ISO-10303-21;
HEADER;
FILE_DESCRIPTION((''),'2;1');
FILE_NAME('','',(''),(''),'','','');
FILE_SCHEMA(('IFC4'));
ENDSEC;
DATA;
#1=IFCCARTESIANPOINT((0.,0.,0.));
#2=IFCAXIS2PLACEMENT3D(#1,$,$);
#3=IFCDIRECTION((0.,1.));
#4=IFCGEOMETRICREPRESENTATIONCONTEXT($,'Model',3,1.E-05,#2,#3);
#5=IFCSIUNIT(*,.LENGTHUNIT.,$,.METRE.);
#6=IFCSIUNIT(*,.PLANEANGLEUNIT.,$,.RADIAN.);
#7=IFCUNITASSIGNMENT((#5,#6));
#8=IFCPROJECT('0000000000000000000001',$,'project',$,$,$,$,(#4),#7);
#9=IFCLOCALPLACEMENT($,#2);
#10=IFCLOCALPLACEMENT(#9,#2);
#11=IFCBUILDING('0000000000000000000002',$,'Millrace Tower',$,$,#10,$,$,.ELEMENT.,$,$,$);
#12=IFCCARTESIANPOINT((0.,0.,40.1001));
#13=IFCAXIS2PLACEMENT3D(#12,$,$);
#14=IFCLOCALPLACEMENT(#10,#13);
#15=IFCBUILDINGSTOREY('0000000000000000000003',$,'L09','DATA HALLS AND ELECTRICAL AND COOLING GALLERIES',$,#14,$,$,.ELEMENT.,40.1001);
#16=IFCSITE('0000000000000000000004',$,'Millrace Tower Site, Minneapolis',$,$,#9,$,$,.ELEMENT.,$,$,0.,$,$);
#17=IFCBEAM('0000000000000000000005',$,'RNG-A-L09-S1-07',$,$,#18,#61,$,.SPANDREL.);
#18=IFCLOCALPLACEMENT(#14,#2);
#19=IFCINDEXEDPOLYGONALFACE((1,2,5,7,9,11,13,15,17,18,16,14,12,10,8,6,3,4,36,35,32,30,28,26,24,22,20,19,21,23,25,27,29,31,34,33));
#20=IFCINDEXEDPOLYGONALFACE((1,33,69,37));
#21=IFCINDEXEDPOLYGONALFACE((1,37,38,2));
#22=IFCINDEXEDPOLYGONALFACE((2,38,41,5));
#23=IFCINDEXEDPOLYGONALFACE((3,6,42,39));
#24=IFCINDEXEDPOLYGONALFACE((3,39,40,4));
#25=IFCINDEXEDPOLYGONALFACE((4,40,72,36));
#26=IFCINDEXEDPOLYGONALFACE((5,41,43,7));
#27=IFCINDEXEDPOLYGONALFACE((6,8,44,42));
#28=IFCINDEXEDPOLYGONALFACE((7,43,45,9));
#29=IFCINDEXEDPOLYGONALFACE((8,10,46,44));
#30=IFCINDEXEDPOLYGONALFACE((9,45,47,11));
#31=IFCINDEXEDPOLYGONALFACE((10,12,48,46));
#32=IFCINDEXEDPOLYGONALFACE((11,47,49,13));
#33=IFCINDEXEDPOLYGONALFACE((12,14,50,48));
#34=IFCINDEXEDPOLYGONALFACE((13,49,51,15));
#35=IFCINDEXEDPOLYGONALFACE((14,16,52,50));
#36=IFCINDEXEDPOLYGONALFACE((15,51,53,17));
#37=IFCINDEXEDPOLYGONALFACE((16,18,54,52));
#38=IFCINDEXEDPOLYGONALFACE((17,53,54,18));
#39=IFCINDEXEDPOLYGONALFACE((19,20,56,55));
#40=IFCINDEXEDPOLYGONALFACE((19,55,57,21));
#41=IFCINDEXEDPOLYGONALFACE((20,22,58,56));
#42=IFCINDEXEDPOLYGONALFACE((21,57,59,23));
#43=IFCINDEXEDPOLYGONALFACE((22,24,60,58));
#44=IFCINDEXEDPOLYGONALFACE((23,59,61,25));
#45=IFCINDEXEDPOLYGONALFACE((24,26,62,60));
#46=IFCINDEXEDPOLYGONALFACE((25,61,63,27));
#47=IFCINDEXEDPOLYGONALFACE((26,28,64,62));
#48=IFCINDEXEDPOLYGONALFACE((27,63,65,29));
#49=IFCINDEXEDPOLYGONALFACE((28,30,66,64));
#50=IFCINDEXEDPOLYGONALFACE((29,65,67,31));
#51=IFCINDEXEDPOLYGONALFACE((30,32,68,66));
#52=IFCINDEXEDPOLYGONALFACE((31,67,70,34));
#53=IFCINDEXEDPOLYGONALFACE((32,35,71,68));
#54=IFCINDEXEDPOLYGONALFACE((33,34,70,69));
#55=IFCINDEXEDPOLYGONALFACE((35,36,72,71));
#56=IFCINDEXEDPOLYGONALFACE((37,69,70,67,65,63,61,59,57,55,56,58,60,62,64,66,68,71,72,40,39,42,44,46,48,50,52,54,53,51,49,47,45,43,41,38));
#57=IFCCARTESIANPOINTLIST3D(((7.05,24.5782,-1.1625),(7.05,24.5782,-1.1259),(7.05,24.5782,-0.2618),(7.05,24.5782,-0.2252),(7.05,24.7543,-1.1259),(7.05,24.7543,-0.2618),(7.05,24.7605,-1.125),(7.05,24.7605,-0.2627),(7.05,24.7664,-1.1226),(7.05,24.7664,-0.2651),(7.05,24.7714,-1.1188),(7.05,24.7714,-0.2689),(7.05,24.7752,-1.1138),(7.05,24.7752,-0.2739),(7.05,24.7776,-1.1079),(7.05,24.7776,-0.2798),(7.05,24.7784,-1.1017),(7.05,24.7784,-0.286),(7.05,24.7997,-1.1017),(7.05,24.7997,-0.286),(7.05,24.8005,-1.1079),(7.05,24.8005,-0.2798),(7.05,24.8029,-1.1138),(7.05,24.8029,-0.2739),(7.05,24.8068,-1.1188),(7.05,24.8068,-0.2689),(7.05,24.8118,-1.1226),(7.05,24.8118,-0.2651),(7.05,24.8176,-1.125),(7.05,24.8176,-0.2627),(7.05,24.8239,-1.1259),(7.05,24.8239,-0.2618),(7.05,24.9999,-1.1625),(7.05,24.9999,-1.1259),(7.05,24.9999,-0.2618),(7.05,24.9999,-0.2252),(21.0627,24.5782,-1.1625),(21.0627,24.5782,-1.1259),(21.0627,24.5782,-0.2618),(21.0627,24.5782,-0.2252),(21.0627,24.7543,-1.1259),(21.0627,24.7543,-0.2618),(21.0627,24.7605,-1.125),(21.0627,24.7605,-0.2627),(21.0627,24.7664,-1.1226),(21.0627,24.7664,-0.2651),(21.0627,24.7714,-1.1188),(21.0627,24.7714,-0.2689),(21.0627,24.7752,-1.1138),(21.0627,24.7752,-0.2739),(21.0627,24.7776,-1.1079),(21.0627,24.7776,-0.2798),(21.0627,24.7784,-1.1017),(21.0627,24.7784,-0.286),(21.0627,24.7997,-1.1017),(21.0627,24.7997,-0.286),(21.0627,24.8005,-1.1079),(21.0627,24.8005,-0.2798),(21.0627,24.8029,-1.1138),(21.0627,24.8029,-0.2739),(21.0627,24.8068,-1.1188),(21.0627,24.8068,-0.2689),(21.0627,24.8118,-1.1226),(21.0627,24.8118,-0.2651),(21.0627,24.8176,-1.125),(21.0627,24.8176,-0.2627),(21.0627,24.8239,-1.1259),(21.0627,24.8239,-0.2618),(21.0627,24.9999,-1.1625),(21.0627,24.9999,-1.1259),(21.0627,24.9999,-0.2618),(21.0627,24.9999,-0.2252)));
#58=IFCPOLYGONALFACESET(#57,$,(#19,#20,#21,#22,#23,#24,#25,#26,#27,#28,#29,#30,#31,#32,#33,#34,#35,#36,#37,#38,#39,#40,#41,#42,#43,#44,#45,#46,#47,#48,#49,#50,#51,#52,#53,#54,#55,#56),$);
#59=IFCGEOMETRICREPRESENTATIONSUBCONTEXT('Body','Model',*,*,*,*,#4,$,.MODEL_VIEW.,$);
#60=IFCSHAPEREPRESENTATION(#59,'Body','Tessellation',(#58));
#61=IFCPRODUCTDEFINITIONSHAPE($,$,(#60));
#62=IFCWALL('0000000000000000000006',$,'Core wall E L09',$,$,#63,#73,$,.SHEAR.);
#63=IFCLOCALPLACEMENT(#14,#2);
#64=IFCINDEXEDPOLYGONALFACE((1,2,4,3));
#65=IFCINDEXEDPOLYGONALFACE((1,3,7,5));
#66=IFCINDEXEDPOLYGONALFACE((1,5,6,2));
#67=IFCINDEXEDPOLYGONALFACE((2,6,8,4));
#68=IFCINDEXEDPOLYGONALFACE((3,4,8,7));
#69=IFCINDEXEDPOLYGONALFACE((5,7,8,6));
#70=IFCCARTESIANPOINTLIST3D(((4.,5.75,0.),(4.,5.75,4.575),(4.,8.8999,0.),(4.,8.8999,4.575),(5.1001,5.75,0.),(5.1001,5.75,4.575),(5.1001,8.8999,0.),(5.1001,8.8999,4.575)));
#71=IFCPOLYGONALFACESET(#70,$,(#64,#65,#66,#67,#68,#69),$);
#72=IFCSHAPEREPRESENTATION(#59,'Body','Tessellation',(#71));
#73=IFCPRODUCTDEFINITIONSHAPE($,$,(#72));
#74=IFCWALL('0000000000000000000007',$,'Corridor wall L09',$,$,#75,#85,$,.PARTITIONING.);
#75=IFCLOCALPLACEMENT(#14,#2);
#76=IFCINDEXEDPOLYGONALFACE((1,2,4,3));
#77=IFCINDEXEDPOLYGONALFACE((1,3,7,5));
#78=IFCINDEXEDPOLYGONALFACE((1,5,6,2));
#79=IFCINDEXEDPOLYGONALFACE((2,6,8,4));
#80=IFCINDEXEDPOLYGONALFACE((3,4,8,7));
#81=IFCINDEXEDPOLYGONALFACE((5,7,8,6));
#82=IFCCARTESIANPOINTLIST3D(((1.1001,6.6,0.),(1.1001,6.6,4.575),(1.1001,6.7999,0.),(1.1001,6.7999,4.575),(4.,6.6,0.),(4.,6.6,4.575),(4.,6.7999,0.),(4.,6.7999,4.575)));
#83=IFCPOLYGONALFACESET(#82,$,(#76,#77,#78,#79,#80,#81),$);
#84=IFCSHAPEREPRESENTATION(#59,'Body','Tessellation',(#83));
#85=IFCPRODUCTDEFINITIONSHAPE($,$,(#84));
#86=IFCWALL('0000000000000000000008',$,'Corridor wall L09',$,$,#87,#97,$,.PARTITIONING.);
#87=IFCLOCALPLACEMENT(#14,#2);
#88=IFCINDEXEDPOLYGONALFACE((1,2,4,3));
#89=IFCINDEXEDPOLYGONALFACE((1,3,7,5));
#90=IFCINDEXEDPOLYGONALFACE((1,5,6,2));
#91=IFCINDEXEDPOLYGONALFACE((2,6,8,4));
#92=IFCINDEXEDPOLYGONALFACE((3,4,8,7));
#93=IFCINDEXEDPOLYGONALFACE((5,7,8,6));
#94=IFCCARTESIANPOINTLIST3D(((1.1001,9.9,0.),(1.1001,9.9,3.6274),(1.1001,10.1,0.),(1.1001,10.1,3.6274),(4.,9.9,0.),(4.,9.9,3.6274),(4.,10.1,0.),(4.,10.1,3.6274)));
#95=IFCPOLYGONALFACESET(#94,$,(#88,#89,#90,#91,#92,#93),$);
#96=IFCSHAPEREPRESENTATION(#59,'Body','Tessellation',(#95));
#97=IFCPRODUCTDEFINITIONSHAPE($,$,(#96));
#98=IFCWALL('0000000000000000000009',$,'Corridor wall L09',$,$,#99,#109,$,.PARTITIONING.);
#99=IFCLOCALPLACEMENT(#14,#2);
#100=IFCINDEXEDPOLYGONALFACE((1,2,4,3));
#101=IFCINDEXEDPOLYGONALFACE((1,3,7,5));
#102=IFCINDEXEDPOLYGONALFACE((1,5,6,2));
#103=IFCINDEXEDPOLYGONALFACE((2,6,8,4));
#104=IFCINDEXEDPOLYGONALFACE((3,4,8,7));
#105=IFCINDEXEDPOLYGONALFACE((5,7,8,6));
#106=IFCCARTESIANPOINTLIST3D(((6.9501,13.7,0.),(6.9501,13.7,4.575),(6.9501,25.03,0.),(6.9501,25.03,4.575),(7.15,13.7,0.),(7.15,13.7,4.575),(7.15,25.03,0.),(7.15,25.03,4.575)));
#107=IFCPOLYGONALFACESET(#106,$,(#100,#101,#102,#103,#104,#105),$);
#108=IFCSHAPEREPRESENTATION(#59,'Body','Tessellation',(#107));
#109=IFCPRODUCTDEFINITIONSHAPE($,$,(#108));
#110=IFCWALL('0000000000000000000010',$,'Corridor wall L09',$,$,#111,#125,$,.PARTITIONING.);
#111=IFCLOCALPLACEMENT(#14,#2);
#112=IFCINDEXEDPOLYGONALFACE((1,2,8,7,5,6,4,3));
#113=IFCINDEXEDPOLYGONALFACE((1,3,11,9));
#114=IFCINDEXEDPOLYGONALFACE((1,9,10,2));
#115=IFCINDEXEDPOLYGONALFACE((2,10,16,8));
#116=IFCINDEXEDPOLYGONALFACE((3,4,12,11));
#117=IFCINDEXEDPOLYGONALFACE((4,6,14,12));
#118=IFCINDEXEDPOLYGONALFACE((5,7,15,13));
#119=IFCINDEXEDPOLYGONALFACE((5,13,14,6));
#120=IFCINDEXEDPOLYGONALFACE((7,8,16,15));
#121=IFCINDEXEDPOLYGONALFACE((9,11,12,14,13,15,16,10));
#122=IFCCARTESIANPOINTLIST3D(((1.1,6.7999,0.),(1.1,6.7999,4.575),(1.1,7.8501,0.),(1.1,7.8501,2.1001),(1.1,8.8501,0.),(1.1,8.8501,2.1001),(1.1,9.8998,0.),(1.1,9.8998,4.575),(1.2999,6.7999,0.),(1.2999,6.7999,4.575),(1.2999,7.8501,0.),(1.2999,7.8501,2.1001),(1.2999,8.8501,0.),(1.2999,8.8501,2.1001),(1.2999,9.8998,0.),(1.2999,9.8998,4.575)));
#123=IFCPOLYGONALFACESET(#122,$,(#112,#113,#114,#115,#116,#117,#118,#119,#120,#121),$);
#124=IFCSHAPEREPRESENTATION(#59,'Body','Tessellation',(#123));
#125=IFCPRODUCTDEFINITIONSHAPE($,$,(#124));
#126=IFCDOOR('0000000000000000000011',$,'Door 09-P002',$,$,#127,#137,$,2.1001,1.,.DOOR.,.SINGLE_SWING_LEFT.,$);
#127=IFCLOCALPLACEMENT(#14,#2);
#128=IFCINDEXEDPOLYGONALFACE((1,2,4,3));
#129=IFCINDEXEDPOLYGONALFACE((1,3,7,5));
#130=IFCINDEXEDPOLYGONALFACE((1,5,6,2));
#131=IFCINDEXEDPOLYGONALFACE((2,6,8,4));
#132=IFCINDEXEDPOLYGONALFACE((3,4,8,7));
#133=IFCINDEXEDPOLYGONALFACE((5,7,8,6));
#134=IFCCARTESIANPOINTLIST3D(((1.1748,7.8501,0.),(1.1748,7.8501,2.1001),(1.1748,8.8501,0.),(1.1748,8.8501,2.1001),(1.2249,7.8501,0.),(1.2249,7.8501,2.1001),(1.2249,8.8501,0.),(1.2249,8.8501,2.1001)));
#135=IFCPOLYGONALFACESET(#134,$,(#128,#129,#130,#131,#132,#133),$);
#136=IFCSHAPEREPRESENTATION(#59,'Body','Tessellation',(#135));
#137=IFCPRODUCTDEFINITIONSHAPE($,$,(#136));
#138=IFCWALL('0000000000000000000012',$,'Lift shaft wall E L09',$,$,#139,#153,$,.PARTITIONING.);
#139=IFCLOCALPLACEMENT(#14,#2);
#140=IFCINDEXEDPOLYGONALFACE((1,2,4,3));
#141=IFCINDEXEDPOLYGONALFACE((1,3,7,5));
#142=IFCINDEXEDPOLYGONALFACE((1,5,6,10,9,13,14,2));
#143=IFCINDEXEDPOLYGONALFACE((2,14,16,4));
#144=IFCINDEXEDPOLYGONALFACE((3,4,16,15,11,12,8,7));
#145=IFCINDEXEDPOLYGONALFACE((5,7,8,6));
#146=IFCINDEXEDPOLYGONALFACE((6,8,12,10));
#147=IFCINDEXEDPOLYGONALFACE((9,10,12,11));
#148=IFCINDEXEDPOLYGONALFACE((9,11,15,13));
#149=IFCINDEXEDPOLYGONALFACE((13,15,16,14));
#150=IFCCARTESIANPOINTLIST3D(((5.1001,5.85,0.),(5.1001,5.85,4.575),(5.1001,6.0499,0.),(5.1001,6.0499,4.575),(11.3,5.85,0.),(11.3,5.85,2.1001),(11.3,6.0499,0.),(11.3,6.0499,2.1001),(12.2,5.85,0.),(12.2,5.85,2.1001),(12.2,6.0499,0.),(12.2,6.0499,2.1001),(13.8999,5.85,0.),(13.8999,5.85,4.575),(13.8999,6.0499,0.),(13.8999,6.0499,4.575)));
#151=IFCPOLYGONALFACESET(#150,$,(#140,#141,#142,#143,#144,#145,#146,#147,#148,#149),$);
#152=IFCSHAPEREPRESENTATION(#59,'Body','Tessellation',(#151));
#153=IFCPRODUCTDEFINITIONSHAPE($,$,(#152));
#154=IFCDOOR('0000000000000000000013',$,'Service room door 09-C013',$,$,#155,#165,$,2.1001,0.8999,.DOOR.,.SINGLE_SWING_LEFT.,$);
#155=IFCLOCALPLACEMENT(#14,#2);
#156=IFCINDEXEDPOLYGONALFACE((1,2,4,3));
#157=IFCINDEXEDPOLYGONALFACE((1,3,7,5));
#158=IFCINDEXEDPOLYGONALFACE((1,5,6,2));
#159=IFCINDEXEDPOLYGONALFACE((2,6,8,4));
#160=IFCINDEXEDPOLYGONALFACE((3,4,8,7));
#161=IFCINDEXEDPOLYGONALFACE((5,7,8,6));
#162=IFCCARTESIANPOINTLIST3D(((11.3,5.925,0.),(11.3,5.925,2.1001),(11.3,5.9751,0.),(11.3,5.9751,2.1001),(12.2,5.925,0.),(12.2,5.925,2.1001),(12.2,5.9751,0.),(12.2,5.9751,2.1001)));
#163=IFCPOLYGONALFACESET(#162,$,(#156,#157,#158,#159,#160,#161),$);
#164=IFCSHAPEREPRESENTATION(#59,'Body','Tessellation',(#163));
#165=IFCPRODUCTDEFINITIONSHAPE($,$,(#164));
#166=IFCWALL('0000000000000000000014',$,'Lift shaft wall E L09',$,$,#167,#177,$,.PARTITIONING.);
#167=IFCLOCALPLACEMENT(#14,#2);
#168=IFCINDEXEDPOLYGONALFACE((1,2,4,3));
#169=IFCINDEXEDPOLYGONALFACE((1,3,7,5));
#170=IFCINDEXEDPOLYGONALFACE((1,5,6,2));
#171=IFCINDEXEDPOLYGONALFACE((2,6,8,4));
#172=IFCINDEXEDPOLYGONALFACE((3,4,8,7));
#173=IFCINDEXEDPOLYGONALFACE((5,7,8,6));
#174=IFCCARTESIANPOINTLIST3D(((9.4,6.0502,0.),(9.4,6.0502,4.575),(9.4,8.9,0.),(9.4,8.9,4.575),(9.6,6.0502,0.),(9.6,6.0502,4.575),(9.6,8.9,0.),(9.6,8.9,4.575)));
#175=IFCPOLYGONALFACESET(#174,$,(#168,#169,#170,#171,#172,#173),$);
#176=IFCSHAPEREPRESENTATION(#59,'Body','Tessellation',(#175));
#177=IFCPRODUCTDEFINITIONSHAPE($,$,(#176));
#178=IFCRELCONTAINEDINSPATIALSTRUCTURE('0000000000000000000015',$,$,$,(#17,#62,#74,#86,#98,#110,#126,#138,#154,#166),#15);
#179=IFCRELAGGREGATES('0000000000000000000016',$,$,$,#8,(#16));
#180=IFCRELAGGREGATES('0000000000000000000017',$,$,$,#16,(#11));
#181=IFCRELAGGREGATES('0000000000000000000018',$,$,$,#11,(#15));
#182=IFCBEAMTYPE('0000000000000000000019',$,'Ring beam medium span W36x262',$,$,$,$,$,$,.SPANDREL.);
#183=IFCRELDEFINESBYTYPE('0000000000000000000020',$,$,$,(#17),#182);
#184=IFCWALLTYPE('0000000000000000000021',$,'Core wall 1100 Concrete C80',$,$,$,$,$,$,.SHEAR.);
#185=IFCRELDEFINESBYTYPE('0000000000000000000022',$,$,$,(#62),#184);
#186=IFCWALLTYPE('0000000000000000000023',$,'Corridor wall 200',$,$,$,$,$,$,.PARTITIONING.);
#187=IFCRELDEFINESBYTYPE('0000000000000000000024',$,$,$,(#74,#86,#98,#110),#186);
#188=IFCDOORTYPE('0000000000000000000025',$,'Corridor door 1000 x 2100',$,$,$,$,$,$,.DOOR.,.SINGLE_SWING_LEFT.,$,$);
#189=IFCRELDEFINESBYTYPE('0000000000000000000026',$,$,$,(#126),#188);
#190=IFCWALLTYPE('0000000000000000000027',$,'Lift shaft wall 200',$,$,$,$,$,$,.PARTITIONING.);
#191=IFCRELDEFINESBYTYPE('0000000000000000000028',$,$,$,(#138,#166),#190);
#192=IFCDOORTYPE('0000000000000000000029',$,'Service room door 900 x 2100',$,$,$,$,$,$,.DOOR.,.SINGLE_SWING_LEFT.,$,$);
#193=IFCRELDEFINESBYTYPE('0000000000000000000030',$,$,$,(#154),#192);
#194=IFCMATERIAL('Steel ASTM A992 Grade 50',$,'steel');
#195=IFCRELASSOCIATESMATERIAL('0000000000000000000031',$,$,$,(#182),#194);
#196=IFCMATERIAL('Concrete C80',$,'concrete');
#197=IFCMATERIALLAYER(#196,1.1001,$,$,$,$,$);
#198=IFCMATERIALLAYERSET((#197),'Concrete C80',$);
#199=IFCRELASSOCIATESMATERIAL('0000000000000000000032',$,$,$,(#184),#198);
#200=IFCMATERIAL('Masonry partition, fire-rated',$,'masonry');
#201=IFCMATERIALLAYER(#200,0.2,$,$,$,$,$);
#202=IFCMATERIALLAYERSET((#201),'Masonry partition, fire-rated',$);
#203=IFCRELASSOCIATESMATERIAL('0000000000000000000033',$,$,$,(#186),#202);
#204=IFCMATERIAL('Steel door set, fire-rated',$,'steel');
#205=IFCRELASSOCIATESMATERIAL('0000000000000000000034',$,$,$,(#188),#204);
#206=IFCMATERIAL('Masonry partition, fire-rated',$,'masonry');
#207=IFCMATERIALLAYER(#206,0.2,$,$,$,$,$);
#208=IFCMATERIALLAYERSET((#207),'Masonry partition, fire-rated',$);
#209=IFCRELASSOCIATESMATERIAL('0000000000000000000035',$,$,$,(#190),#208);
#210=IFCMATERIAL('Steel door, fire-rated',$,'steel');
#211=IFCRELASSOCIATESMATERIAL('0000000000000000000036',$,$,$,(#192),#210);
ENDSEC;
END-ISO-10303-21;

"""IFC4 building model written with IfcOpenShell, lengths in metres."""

from ifc_helpers import new_model, si_unit, direction, frame, frame_2d, origin, origin_2d, place, context, subcontext, project, spatial, rectangle, i_section, extrude, material, layer, layer_set, material_profile, profile_set, type_object, element, fill, save


model = new_model("IFC4")

# Units and contexts
model_context = context("Model", 3, precision=1e-05, world=origin(), true_north=direction((0.0, 1.0)))
body_context = subcontext(model_context, "Body", "Model", "MODEL_VIEW")
ifc_project = project(units=[si_unit("LENGTHUNIT", "METRE"), si_unit("PLANEANGLEUNIT", "RADIAN")], contexts=[model_context])

# Site, building, storey
site_placement = place(None, origin())
site = spatial("IfcSite", under=ifc_project, at=site_placement, Name="Millrace Tower Site, Minneapolis", CompositionType="ELEMENT", RefElevation=0.0)
building_placement = place(site_placement, origin())
building = spatial("IfcBuilding", under=site, at=building_placement, Name="Millrace Tower", CompositionType="ELEMENT")
storey_placement = place(building_placement, frame((0.0, 0.0, 40.1001)))
storey = spatial("IfcBuildingStorey", under=building, at=storey_placement, Name="L09", Description="DATA HALLS AND ELECTRICAL AND COOLING GALLERIES", CompositionType="ELEMENT", Elevation=40.1001)

# Beam
ifc_material_1 = material(Name="Steel ASTM A992 Grade 50", Category="steel")
ifc_material_profile_1 = material_profile(ifc_material_1, i_section(OverallWidth=0.4216, OverallDepth=0.9373, WebThickness=0.0212, FlangeThickness=0.0366, FilletRadius=0.0242, at=origin_2d()))
ifc_profile_set_1 = profile_set([ifc_material_profile_1], Name="Steel ASTM A992 Grade 50")
beam_type_1 = type_object("IfcBeamType", Name="Ring beam medium span W36x262", PredefinedType="SPANDREL", material=ifc_profile_set_1)
beam_1_placement = place(storey_placement, frame((7.05, 24.7891, -0.6938), z_axis=(1.0, 0.0, 0.0), x_axis=(0.0, 1.0, 0.0)))
element("IfcBeam", 1, at=beam_1_placement, inside=storey, type_object=beam_type_1, Name="RNG-A-L09-S1-07", PredefinedType="SPANDREL", context=body_context, shape_type="SweptSolid", body=[
    extrude(i_section(OverallWidth=0.4216, OverallDepth=0.9373, WebThickness=0.0212, FlangeThickness=0.0366, FilletRadius=0.0242, at=origin_2d()), origin(), (0.0, 0.0, 1.0), 14.0127),
])

# Walls
ifc_material_2 = material(Name="Concrete C80", Category="concrete")
ifc_layer_1 = layer(ifc_material_2, 1.1001)
ifc_layer_set_1 = layer_set([ifc_layer_1], Name="Concrete C80")
wall_type_1 = type_object("IfcWallType", Name="Core wall 1100 Concrete C80", PredefinedType="SHEAR", material=ifc_layer_set_1)
wall_1_placement = place(storey_placement, frame((4.55, 8.8999, 0.0), z_axis=(0.0, 0.0, 1.0), x_axis=(0.0, -1.0, 0.0)))
element("IfcWall", 2, at=wall_1_placement, inside=storey, type_object=wall_type_1, Name="Core wall E L09", PredefinedType="SHEAR", context=body_context, shape_type="SweptSolid", body=[
    extrude(rectangle(XDim=3.1499, YDim=1.1001, at=frame_2d((1.575, 0.0))), origin(), (0.0, 0.0, 1.0), 4.575),
])
ifc_material_3 = material(Name="Masonry partition, fire-rated", Category="masonry")
ifc_layer_2 = layer(ifc_material_3, 0.2)
ifc_layer_set_2 = layer_set([ifc_layer_2], Name="Masonry partition, fire-rated")
wall_type_2 = type_object("IfcWallType", Name="Corridor wall 200", PredefinedType="PARTITIONING", material=ifc_layer_set_2)
wall_2_placement = place(storey_placement, frame((1.1001, 6.7, 0.0), z_axis=(0.0, 0.0, 1.0), x_axis=(1.0, 0.0, 0.0)))
element("IfcWall", 3, at=wall_2_placement, inside=storey, type_object=wall_type_2, Name="Corridor wall L09", PredefinedType="PARTITIONING", context=body_context, shape_type="SweptSolid", body=[
    extrude(rectangle(XDim=2.8999, YDim=0.2, at=frame_2d((1.45, 0.0))), origin(), (0.0, 0.0, 1.0), 4.575),
])
wall_3_placement = place(storey_placement, frame((1.1001, 10.0, 0.0), z_axis=(0.0, 0.0, 1.0), x_axis=(1.0, 0.0, 0.0)))
element("IfcWall", 4, at=wall_3_placement, inside=storey, type_object=wall_type_2, Name="Corridor wall L09", PredefinedType="PARTITIONING", context=body_context, shape_type="SweptSolid", body=[
    extrude(rectangle(XDim=2.8999, YDim=0.2, at=frame_2d((1.45, 0.0))), origin(), (0.0, 0.0, 1.0), 3.6274),
])
wall_4_placement = place(storey_placement, frame((7.05, 13.7, 0.0), z_axis=(0.0, 0.0, 1.0), x_axis=(0.0, 1.0, 0.0)))
element("IfcWall", 5, at=wall_4_placement, inside=storey, type_object=wall_type_2, Name="Corridor wall L09", PredefinedType="PARTITIONING", context=body_context, shape_type="SweptSolid", body=[
    extrude(rectangle(XDim=11.3301, YDim=0.2, at=frame_2d((5.665, 0.0))), origin(), (0.0, 0.0, 1.0), 4.575),
])

# Walls, openings, doors
wall_5_placement = place(storey_placement, frame((1.2, 6.8, 0.0), z_axis=(0.0, 0.0, 1.0), x_axis=(0.0, 1.0, 0.0)))
wall_5 = element("IfcWall", 6, at=wall_5_placement, inside=storey, type_object=wall_type_2, Name="Corridor wall L09", PredefinedType="PARTITIONING", context=body_context, shape_type="SweptSolid", body=[
    extrude(rectangle(XDim=3.0999, YDim=0.2, at=frame_2d((1.5498, 0.0))), origin(), (0.0, 0.0, 1.0), 4.575),
])
opening_1_placement = place(wall_5_placement, frame((1.05, 0.0, 0.0)))
opening_1 = element("IfcOpeningElement", 7, at=opening_1_placement, cuts=wall_5, PredefinedType="OPENING", context=body_context, shape_type="SweptSolid", body=[
    extrude(rectangle(XDim=1.0, YDim=2.1001, at=frame_2d((0.5, 1.05))), frame((0.0, 0.1099, 0.0), z_axis=(0.0, -1.0, 0.0), x_axis=(1.0, 0.0, 0.0)), (0.0, 0.0, 1.0), 0.22),
])
ifc_material_4 = material(Name="Steel door set, fire-rated", Category="steel")
door_type_1 = type_object("IfcDoorType", Name="Corridor door 1000 x 2100", OperationType="SINGLE_SWING_LEFT", PredefinedType="DOOR", material=ifc_material_4)
door_1_placement = place(opening_1_placement, frame((1.0, 0.0, 0.0), z_axis=(0.0, 0.0, 1.0), x_axis=(-1.0, 0.0, 0.0)))
door_1 = element("IfcDoor", 8, at=door_1_placement, inside=storey, type_object=door_type_1, Name="Door 09-P002", OperationType="SINGLE_SWING_LEFT", OverallHeight=2.1001, OverallWidth=1.0, PredefinedType="DOOR", context=body_context, shape_type="SweptSolid", body=[
    extrude(rectangle(XDim=1.0, YDim=2.1001, at=frame_2d((0.5, 1.05))), frame((0.0, 0.0249, 0.0), z_axis=(0.0, -1.0, 0.0), x_axis=(1.0, 0.0, 0.0)), (0.0, 0.0, 1.0), 0.05),
])
fill(opening_1, door_1)
ifc_material_5 = material(Name="Masonry partition, fire-rated", Category="masonry")
ifc_layer_3 = layer(ifc_material_5, 0.2)
ifc_layer_set_3 = layer_set([ifc_layer_3], Name="Masonry partition, fire-rated")
wall_type_3 = type_object("IfcWallType", Name="Lift shaft wall 200", PredefinedType="PARTITIONING", material=ifc_layer_set_3)
wall_6_placement = place(storey_placement, frame((13.8999, 5.95, 0.0), z_axis=(0.0, 0.0, 1.0), x_axis=(-1.0, 0.0, 0.0)))
wall_6 = element("IfcWall", 9, at=wall_6_placement, inside=storey, type_object=wall_type_3, Name="Lift shaft wall E L09", PredefinedType="PARTITIONING", context=body_context, shape_type="SweptSolid", body=[
    extrude(rectangle(XDim=8.7998, YDim=0.2, at=frame_2d((4.3999, 0.0))), origin(), (0.0, 0.0, 1.0), 4.575),
])
opening_2_placement = place(wall_6_placement, frame((1.7, 0.0, 0.0)))
opening_2 = element("IfcOpeningElement", 10, at=opening_2_placement, cuts=wall_6, PredefinedType="OPENING", context=body_context, shape_type="SweptSolid", body=[
    extrude(rectangle(XDim=0.8999, YDim=2.1001, at=frame_2d((0.45, 1.05))), frame((0.0, 0.1099, 0.0), z_axis=(0.0, -1.0, 0.0), x_axis=(1.0, 0.0, 0.0)), (0.0, 0.0, 1.0), 0.22),
])
ifc_material_6 = material(Name="Steel door, fire-rated", Category="steel")
door_type_2 = type_object("IfcDoorType", Name="Service room door 900 x 2100", OperationType="SINGLE_SWING_LEFT", PredefinedType="DOOR", material=ifc_material_6)
door_2_placement = place(opening_2_placement, origin())
door_2 = element("IfcDoor", 11, at=door_2_placement, inside=storey, type_object=door_type_2, Name="Service room door 09-C013", OperationType="SINGLE_SWING_LEFT", OverallHeight=2.1001, OverallWidth=0.8999, PredefinedType="DOOR", context=body_context, shape_type="SweptSolid", body=[
    extrude(rectangle(XDim=0.8999, YDim=2.1001, at=frame_2d((0.45, 1.05))), frame((0.0, 0.0249, 0.0), z_axis=(0.0, -1.0, 0.0), x_axis=(1.0, 0.0, 0.0)), (0.0, 0.0, 1.0), 0.05),
])
fill(opening_2, door_2)

# Wall
for number, where, z_axis, x_axis, name in (
    (12, (9.5, 8.8999, 0.0), (0.0, 0.0, 1.0), (0.0, -1.0, 0.0), "Lift shaft wall E L09"),
):
    element("IfcWall", number, at=place(storey_placement, frame(where, z_axis=z_axis, x_axis=x_axis)), inside=storey, type_object=wall_type_3, Name=name, PredefinedType="PARTITIONING", context=body_context, shape_type="SweptSolid", body=[
        extrude(rectangle(XDim=2.8499, YDim=0.2, at=frame_2d((1.4248, 0.0))), origin(), (0.0, 0.0, 1.0), 4.575),
    ])

save(model, "model.ifc")
